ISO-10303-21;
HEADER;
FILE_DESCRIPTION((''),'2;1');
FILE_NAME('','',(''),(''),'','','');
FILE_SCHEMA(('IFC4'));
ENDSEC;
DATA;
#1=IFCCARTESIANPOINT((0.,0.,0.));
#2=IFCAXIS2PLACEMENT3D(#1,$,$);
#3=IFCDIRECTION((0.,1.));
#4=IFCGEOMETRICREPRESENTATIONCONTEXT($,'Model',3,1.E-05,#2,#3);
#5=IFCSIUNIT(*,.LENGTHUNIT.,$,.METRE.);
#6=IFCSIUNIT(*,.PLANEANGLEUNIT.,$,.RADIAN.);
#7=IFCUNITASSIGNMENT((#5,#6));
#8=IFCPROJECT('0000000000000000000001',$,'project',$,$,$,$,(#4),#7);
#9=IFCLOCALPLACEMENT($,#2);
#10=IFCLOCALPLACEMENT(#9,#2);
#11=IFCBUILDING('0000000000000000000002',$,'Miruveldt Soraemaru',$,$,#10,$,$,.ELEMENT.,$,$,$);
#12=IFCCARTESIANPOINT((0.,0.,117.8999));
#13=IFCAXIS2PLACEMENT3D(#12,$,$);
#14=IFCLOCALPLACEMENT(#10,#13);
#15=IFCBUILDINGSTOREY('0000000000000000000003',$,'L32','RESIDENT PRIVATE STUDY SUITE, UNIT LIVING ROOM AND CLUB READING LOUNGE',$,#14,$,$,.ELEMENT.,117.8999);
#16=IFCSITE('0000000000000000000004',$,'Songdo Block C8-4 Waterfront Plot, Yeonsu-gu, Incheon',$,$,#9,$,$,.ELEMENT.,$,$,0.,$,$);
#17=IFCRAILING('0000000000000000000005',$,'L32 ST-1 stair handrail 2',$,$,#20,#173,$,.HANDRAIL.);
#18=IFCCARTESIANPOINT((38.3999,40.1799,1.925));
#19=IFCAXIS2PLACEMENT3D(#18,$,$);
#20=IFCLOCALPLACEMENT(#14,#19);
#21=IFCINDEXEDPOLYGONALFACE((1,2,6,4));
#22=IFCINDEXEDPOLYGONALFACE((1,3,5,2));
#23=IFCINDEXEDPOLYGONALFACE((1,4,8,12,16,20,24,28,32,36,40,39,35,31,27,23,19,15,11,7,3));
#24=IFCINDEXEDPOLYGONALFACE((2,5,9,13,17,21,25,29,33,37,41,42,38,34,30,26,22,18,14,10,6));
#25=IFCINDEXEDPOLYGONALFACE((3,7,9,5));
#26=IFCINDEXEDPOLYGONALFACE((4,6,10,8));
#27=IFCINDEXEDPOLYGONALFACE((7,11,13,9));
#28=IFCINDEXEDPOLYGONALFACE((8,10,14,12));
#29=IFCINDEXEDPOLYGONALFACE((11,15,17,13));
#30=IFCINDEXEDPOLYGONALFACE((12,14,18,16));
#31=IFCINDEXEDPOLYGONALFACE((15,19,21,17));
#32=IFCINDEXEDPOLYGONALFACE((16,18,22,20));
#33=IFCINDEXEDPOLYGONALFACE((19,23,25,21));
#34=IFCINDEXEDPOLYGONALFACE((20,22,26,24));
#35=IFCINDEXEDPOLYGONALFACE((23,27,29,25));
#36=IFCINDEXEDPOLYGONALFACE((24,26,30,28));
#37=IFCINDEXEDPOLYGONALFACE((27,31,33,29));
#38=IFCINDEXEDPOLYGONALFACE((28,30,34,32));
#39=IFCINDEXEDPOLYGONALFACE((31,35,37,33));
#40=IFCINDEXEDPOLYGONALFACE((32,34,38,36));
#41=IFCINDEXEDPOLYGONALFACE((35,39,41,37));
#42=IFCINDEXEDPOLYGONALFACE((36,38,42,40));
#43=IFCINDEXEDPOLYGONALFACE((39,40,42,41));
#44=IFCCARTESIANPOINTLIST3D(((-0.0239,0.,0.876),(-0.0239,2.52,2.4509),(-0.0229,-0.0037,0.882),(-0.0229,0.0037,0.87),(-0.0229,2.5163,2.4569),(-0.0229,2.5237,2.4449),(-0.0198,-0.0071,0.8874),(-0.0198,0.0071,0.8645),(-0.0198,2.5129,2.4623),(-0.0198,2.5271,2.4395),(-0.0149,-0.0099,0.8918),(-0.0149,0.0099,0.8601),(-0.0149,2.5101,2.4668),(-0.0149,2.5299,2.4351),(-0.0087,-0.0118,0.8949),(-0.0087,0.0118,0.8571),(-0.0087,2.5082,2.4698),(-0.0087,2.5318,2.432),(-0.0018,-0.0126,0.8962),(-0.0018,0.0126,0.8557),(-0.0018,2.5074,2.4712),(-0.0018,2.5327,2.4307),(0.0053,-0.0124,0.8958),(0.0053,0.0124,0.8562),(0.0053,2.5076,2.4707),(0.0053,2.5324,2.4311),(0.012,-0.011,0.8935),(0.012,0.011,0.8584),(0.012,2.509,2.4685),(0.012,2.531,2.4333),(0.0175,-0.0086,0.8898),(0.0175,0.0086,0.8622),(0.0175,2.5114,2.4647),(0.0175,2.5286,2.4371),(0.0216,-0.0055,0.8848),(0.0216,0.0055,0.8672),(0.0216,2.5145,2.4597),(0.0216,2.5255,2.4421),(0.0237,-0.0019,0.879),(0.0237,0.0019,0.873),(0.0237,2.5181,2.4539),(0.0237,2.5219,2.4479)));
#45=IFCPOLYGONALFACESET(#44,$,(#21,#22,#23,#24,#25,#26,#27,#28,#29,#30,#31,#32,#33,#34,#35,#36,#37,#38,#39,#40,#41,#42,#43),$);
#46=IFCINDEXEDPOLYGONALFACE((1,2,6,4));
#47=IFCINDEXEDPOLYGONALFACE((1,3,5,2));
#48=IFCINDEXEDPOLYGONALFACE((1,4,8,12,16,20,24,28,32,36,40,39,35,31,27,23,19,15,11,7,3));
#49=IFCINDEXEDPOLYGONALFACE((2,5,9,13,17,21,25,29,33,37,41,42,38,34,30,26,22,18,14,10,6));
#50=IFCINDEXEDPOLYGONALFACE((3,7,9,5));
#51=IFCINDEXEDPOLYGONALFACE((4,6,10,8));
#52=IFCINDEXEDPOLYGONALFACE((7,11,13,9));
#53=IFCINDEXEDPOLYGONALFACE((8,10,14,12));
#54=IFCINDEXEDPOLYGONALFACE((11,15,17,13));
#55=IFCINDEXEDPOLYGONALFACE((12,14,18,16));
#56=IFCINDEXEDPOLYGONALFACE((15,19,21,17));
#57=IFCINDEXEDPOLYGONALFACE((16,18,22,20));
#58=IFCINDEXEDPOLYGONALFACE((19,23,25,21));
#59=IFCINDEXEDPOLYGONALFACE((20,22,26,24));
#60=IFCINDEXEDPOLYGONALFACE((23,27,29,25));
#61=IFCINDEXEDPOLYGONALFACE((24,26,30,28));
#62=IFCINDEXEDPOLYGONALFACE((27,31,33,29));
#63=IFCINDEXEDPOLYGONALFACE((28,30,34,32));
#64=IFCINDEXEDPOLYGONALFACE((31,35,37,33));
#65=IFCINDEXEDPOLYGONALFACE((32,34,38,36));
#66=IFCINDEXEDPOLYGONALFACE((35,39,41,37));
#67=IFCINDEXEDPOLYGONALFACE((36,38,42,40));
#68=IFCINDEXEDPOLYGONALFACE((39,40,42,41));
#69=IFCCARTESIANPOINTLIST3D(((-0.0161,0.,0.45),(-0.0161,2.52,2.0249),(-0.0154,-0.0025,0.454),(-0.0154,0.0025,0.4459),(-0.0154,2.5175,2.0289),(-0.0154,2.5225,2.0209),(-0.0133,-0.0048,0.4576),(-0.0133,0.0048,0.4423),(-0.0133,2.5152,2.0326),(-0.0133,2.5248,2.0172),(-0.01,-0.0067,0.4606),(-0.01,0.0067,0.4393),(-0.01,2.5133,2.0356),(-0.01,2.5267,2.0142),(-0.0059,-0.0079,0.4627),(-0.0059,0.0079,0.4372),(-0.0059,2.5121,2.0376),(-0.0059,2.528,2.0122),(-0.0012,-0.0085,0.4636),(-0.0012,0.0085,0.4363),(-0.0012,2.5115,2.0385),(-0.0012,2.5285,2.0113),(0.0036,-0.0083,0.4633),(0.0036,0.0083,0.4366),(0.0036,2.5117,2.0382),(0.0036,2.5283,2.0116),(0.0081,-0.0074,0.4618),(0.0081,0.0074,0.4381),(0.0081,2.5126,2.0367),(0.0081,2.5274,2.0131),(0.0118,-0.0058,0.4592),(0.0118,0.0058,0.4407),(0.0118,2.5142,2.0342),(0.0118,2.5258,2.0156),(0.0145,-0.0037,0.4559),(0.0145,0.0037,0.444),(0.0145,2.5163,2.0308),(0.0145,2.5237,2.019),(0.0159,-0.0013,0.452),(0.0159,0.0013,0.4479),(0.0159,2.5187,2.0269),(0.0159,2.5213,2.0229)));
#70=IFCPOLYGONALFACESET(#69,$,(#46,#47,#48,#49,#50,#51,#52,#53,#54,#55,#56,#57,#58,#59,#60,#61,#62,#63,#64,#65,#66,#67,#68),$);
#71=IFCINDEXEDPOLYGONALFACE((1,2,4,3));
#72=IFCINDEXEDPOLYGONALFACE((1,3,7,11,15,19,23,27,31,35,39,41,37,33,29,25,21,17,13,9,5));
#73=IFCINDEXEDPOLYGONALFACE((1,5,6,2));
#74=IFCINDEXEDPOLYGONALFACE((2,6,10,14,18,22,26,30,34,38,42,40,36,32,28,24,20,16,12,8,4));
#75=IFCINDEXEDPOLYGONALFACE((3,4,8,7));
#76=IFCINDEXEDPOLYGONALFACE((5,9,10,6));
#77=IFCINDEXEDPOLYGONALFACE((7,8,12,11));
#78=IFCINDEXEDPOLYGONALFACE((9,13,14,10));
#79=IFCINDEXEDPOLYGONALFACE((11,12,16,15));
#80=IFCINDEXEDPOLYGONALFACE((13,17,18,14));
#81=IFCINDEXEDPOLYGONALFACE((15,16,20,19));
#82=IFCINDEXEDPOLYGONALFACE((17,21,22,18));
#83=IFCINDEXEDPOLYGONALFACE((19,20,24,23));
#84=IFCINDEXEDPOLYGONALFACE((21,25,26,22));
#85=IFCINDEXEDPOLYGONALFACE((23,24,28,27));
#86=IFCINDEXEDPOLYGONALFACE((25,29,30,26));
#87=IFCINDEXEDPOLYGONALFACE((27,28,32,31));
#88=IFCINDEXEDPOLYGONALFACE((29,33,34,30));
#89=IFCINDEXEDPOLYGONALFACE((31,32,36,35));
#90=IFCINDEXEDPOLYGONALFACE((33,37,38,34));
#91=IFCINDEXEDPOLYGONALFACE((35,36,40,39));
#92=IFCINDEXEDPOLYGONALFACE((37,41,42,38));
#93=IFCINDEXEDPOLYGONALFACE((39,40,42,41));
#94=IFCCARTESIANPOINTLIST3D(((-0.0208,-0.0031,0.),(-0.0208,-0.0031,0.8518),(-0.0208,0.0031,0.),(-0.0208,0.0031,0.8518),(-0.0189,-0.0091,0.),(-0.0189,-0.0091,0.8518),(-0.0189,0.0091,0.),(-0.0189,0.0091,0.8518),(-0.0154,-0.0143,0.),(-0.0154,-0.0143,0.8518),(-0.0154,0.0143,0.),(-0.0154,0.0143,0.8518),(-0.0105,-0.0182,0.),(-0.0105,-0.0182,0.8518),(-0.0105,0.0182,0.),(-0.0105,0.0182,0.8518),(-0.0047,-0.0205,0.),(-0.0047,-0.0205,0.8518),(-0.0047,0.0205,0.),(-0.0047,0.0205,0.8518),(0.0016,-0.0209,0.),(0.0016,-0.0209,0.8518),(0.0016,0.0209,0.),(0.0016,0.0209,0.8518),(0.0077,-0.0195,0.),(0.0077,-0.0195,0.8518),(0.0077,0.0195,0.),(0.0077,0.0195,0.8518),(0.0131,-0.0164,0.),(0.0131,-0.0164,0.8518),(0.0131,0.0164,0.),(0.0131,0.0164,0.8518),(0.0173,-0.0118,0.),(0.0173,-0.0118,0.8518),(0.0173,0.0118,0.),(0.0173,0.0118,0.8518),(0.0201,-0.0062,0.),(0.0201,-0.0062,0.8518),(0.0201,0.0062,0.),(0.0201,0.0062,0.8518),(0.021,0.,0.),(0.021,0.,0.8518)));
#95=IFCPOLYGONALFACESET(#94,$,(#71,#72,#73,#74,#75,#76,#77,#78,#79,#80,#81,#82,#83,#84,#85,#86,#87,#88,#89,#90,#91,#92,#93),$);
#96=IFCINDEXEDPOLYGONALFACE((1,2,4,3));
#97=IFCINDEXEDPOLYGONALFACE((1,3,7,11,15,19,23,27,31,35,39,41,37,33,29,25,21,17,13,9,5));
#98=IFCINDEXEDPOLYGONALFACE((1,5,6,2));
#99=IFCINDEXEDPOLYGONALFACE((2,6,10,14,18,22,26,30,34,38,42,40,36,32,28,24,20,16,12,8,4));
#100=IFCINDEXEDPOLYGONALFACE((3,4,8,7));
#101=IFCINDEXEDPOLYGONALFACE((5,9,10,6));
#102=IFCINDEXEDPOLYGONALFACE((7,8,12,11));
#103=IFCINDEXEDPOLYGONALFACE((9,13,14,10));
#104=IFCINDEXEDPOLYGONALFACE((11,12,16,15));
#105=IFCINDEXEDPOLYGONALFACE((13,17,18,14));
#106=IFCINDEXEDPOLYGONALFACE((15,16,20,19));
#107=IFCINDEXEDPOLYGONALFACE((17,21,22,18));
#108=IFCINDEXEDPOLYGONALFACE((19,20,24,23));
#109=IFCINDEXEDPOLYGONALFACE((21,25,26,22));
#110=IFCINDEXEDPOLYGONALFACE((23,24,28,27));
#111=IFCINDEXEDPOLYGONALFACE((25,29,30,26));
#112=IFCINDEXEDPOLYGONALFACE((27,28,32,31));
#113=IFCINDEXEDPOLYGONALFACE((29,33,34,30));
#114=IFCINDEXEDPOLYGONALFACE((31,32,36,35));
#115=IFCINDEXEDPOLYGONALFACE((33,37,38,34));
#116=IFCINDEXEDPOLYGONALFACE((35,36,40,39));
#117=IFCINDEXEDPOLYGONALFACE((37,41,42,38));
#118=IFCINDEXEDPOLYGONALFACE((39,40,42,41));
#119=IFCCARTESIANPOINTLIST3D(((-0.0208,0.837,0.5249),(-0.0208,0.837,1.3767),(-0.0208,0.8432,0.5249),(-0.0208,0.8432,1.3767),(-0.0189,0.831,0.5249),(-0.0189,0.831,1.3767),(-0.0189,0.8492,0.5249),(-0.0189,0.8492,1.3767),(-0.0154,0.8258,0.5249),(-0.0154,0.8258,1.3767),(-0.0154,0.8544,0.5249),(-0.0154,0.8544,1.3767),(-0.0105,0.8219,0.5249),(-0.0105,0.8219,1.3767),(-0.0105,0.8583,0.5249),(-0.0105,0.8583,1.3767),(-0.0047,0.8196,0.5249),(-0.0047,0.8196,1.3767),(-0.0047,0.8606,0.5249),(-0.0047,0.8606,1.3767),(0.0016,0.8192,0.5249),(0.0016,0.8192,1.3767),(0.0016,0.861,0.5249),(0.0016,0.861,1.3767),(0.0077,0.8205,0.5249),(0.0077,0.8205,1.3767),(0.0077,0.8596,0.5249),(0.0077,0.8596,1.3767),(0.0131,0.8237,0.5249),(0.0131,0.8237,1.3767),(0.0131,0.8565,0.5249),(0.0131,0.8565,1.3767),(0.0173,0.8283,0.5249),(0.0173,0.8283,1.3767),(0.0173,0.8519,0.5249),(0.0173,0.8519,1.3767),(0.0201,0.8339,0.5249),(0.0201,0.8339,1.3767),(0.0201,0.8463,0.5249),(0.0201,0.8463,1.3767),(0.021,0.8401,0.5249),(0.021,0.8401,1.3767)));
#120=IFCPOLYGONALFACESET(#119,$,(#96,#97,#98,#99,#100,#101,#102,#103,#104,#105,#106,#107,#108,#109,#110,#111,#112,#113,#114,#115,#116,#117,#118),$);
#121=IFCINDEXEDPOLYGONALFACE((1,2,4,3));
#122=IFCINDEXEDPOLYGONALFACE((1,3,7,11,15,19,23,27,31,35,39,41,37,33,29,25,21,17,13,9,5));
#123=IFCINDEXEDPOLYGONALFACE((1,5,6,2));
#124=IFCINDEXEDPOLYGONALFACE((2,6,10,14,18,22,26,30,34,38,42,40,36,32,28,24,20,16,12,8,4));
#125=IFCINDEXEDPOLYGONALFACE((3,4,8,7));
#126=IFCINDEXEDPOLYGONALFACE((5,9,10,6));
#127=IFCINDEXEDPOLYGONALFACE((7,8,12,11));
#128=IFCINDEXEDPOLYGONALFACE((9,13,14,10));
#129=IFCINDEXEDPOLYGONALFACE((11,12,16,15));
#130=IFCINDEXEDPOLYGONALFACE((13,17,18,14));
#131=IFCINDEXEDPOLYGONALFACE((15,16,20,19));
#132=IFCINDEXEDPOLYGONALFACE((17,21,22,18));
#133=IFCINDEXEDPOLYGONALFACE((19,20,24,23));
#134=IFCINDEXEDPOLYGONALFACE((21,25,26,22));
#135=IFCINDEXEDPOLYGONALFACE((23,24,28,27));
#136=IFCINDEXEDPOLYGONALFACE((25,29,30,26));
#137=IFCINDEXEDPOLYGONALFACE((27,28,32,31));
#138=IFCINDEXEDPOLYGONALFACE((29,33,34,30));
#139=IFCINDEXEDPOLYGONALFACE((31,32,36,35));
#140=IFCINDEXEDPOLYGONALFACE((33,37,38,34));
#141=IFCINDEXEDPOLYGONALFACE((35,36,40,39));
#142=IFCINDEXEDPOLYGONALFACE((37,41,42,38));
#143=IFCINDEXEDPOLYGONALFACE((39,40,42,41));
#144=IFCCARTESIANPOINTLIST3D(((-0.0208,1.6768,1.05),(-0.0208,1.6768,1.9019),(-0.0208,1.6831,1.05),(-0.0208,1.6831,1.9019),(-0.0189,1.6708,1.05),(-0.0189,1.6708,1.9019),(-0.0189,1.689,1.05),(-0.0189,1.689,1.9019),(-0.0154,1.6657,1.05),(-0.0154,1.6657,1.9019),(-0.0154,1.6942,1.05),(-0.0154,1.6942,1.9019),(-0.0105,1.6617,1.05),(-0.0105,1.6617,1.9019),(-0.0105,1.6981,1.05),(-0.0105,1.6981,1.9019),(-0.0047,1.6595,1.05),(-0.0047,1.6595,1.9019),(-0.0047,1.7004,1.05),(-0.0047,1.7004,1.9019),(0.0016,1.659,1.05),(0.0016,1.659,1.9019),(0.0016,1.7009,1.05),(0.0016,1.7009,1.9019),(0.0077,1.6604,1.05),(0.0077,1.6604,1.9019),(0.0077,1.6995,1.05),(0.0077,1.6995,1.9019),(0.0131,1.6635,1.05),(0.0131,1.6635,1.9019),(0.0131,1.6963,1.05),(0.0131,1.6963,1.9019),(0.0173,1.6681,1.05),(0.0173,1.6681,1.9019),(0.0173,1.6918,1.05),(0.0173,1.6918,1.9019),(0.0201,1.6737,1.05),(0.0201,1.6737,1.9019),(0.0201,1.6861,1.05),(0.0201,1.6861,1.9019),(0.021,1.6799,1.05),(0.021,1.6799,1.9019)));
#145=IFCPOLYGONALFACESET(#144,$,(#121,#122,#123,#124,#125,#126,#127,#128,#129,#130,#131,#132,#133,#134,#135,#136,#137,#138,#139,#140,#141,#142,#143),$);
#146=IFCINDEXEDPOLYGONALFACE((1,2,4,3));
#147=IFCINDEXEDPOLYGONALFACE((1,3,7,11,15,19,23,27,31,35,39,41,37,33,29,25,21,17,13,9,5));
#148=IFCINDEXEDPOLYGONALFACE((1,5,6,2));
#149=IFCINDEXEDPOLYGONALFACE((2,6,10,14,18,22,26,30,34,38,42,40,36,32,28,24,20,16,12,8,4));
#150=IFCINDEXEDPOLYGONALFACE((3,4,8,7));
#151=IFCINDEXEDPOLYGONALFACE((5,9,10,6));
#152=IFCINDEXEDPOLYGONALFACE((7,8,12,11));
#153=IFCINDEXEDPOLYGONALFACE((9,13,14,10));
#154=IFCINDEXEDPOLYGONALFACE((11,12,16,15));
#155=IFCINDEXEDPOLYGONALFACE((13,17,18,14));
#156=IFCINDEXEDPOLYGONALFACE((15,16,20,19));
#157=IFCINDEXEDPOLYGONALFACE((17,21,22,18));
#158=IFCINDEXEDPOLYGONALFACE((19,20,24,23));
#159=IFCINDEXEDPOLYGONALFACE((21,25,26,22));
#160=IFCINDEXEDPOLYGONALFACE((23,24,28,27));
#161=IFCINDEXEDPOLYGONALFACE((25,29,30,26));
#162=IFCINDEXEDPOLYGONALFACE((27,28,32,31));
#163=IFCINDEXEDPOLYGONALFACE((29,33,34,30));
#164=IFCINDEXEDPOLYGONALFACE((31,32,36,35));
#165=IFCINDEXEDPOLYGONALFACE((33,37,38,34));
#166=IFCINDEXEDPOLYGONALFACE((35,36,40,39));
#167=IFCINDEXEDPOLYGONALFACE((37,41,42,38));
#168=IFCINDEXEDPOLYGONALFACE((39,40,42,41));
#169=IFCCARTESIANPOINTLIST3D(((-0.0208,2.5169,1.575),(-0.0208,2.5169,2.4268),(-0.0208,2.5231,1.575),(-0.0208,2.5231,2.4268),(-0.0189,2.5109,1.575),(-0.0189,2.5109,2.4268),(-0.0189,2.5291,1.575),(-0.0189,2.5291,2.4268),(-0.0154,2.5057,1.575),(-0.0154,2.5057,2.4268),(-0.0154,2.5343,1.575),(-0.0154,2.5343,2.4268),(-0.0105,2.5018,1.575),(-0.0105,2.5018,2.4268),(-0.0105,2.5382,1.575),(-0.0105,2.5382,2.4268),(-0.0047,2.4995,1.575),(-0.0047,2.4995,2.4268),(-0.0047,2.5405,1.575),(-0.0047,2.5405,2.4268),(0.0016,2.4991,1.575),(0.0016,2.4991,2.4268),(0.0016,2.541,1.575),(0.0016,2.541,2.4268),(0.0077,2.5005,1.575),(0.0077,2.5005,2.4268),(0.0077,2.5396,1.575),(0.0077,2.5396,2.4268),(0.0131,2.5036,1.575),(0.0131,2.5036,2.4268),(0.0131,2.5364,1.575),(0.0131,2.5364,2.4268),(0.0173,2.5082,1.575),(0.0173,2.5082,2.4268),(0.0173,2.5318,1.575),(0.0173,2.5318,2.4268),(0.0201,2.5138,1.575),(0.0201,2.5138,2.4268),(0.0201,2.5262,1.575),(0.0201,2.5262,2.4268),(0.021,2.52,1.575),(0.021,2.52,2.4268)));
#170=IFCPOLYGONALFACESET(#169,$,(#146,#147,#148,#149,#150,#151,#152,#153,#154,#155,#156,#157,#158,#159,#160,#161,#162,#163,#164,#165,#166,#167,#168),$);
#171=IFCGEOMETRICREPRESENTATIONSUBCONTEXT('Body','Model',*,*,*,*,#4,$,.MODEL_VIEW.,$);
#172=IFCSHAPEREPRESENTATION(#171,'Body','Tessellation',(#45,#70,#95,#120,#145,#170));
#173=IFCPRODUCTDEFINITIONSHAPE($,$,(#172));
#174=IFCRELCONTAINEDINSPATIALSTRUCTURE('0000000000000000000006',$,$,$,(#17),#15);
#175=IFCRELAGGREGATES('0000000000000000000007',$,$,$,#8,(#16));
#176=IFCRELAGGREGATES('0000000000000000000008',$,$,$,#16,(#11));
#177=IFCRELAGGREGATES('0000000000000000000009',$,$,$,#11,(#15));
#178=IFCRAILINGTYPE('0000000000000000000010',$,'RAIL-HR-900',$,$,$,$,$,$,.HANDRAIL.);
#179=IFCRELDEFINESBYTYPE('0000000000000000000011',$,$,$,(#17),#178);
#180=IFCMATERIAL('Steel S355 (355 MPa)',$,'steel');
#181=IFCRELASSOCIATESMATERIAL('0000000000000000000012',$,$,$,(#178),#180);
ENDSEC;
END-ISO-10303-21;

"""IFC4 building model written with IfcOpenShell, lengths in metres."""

from ifc_helpers import new_model, si_unit, direction, frame, origin, origin_2d, place, context, subcontext, project, spatial, circle, extrude, material, type_object, element, save


model = new_model("IFC4")

# Units and contexts
model_context = context("Model", 3, precision=1e-05, world=origin(), true_north=direction((0.0, 1.0)))
body_context = subcontext(model_context, "Body", "Model", "MODEL_VIEW")
ifc_project = project(units=[si_unit("LENGTHUNIT", "METRE"), si_unit("PLANEANGLEUNIT", "RADIAN")], contexts=[model_context])

# Site, building, storey
site_placement = place(None, origin())
site = spatial("IfcSite", under=ifc_project, at=site_placement, Name="Songdo Block C8-4 Waterfront Plot, Yeonsu-gu, Incheon", CompositionType="ELEMENT", RefElevation=0.0)
building_placement = place(site_placement, origin())
building = spatial("IfcBuilding", under=site, at=building_placement, Name="Miruveldt Soraemaru", CompositionType="ELEMENT")
storey_placement = place(building_placement, frame((0.0, 0.0, 117.8999)))
storey = spatial("IfcBuildingStorey", under=building, at=storey_placement, Name="L32", Description="RESIDENT PRIVATE STUDY SUITE, UNIT LIVING ROOM AND CLUB READING LOUNGE", CompositionType="ELEMENT", Elevation=117.8999)

# Railing
ifc_material_1 = material(Name="Steel S355 (355 MPa)", Category="steel")
railing_type_1 = type_object("IfcRailingType", Name="RAIL-HR-900", PredefinedType="HANDRAIL", material=ifc_material_1)
railing_1_placement = place(storey_placement, frame((38.3999, 40.1799, 1.925)))
element("IfcRailing", 1, at=railing_1_placement, inside=storey, type_object=railing_type_1, Name="L32 ST-1 stair handrail 2", PredefinedType="HANDRAIL", context=body_context, shape_type="SweptSolid", body=[
    extrude(circle(Radius=0.0239, at=origin_2d()), frame((0.0, 0.0, 0.876), z_axis=(0.0, 0.848008, 0.529984), x_axis=(-1.0, 0.0, 0.0)), (0.0, 0.0, 1.0), 2.9717),
    extrude(circle(Radius=0.0161, at=origin_2d()), frame((0.0, 0.0, 0.45), z_axis=(0.0, 0.848008, 0.529984), x_axis=(-1.0, 0.0, 0.0)), (0.0, 0.0, 1.0), 2.9717),
    extrude(circle(Radius=0.021, at=origin_2d()), origin(), (0.0, 0.0, 1.0), 0.8518),
    extrude(circle(Radius=0.021, at=origin_2d()), frame((0.0, 0.8401, 0.5249)), (0.0, 0.0, 1.0), 0.8518),
    extrude(circle(Radius=0.021, at=origin_2d()), frame((0.0, 1.6799, 1.05)), (0.0, 0.0, 1.0), 0.8518),
    extrude(circle(Radius=0.021, at=origin_2d()), frame((0.0, 2.52, 1.575)), (0.0, 0.0, 1.0), 0.8518),
])

save(model, "model.ifc")
